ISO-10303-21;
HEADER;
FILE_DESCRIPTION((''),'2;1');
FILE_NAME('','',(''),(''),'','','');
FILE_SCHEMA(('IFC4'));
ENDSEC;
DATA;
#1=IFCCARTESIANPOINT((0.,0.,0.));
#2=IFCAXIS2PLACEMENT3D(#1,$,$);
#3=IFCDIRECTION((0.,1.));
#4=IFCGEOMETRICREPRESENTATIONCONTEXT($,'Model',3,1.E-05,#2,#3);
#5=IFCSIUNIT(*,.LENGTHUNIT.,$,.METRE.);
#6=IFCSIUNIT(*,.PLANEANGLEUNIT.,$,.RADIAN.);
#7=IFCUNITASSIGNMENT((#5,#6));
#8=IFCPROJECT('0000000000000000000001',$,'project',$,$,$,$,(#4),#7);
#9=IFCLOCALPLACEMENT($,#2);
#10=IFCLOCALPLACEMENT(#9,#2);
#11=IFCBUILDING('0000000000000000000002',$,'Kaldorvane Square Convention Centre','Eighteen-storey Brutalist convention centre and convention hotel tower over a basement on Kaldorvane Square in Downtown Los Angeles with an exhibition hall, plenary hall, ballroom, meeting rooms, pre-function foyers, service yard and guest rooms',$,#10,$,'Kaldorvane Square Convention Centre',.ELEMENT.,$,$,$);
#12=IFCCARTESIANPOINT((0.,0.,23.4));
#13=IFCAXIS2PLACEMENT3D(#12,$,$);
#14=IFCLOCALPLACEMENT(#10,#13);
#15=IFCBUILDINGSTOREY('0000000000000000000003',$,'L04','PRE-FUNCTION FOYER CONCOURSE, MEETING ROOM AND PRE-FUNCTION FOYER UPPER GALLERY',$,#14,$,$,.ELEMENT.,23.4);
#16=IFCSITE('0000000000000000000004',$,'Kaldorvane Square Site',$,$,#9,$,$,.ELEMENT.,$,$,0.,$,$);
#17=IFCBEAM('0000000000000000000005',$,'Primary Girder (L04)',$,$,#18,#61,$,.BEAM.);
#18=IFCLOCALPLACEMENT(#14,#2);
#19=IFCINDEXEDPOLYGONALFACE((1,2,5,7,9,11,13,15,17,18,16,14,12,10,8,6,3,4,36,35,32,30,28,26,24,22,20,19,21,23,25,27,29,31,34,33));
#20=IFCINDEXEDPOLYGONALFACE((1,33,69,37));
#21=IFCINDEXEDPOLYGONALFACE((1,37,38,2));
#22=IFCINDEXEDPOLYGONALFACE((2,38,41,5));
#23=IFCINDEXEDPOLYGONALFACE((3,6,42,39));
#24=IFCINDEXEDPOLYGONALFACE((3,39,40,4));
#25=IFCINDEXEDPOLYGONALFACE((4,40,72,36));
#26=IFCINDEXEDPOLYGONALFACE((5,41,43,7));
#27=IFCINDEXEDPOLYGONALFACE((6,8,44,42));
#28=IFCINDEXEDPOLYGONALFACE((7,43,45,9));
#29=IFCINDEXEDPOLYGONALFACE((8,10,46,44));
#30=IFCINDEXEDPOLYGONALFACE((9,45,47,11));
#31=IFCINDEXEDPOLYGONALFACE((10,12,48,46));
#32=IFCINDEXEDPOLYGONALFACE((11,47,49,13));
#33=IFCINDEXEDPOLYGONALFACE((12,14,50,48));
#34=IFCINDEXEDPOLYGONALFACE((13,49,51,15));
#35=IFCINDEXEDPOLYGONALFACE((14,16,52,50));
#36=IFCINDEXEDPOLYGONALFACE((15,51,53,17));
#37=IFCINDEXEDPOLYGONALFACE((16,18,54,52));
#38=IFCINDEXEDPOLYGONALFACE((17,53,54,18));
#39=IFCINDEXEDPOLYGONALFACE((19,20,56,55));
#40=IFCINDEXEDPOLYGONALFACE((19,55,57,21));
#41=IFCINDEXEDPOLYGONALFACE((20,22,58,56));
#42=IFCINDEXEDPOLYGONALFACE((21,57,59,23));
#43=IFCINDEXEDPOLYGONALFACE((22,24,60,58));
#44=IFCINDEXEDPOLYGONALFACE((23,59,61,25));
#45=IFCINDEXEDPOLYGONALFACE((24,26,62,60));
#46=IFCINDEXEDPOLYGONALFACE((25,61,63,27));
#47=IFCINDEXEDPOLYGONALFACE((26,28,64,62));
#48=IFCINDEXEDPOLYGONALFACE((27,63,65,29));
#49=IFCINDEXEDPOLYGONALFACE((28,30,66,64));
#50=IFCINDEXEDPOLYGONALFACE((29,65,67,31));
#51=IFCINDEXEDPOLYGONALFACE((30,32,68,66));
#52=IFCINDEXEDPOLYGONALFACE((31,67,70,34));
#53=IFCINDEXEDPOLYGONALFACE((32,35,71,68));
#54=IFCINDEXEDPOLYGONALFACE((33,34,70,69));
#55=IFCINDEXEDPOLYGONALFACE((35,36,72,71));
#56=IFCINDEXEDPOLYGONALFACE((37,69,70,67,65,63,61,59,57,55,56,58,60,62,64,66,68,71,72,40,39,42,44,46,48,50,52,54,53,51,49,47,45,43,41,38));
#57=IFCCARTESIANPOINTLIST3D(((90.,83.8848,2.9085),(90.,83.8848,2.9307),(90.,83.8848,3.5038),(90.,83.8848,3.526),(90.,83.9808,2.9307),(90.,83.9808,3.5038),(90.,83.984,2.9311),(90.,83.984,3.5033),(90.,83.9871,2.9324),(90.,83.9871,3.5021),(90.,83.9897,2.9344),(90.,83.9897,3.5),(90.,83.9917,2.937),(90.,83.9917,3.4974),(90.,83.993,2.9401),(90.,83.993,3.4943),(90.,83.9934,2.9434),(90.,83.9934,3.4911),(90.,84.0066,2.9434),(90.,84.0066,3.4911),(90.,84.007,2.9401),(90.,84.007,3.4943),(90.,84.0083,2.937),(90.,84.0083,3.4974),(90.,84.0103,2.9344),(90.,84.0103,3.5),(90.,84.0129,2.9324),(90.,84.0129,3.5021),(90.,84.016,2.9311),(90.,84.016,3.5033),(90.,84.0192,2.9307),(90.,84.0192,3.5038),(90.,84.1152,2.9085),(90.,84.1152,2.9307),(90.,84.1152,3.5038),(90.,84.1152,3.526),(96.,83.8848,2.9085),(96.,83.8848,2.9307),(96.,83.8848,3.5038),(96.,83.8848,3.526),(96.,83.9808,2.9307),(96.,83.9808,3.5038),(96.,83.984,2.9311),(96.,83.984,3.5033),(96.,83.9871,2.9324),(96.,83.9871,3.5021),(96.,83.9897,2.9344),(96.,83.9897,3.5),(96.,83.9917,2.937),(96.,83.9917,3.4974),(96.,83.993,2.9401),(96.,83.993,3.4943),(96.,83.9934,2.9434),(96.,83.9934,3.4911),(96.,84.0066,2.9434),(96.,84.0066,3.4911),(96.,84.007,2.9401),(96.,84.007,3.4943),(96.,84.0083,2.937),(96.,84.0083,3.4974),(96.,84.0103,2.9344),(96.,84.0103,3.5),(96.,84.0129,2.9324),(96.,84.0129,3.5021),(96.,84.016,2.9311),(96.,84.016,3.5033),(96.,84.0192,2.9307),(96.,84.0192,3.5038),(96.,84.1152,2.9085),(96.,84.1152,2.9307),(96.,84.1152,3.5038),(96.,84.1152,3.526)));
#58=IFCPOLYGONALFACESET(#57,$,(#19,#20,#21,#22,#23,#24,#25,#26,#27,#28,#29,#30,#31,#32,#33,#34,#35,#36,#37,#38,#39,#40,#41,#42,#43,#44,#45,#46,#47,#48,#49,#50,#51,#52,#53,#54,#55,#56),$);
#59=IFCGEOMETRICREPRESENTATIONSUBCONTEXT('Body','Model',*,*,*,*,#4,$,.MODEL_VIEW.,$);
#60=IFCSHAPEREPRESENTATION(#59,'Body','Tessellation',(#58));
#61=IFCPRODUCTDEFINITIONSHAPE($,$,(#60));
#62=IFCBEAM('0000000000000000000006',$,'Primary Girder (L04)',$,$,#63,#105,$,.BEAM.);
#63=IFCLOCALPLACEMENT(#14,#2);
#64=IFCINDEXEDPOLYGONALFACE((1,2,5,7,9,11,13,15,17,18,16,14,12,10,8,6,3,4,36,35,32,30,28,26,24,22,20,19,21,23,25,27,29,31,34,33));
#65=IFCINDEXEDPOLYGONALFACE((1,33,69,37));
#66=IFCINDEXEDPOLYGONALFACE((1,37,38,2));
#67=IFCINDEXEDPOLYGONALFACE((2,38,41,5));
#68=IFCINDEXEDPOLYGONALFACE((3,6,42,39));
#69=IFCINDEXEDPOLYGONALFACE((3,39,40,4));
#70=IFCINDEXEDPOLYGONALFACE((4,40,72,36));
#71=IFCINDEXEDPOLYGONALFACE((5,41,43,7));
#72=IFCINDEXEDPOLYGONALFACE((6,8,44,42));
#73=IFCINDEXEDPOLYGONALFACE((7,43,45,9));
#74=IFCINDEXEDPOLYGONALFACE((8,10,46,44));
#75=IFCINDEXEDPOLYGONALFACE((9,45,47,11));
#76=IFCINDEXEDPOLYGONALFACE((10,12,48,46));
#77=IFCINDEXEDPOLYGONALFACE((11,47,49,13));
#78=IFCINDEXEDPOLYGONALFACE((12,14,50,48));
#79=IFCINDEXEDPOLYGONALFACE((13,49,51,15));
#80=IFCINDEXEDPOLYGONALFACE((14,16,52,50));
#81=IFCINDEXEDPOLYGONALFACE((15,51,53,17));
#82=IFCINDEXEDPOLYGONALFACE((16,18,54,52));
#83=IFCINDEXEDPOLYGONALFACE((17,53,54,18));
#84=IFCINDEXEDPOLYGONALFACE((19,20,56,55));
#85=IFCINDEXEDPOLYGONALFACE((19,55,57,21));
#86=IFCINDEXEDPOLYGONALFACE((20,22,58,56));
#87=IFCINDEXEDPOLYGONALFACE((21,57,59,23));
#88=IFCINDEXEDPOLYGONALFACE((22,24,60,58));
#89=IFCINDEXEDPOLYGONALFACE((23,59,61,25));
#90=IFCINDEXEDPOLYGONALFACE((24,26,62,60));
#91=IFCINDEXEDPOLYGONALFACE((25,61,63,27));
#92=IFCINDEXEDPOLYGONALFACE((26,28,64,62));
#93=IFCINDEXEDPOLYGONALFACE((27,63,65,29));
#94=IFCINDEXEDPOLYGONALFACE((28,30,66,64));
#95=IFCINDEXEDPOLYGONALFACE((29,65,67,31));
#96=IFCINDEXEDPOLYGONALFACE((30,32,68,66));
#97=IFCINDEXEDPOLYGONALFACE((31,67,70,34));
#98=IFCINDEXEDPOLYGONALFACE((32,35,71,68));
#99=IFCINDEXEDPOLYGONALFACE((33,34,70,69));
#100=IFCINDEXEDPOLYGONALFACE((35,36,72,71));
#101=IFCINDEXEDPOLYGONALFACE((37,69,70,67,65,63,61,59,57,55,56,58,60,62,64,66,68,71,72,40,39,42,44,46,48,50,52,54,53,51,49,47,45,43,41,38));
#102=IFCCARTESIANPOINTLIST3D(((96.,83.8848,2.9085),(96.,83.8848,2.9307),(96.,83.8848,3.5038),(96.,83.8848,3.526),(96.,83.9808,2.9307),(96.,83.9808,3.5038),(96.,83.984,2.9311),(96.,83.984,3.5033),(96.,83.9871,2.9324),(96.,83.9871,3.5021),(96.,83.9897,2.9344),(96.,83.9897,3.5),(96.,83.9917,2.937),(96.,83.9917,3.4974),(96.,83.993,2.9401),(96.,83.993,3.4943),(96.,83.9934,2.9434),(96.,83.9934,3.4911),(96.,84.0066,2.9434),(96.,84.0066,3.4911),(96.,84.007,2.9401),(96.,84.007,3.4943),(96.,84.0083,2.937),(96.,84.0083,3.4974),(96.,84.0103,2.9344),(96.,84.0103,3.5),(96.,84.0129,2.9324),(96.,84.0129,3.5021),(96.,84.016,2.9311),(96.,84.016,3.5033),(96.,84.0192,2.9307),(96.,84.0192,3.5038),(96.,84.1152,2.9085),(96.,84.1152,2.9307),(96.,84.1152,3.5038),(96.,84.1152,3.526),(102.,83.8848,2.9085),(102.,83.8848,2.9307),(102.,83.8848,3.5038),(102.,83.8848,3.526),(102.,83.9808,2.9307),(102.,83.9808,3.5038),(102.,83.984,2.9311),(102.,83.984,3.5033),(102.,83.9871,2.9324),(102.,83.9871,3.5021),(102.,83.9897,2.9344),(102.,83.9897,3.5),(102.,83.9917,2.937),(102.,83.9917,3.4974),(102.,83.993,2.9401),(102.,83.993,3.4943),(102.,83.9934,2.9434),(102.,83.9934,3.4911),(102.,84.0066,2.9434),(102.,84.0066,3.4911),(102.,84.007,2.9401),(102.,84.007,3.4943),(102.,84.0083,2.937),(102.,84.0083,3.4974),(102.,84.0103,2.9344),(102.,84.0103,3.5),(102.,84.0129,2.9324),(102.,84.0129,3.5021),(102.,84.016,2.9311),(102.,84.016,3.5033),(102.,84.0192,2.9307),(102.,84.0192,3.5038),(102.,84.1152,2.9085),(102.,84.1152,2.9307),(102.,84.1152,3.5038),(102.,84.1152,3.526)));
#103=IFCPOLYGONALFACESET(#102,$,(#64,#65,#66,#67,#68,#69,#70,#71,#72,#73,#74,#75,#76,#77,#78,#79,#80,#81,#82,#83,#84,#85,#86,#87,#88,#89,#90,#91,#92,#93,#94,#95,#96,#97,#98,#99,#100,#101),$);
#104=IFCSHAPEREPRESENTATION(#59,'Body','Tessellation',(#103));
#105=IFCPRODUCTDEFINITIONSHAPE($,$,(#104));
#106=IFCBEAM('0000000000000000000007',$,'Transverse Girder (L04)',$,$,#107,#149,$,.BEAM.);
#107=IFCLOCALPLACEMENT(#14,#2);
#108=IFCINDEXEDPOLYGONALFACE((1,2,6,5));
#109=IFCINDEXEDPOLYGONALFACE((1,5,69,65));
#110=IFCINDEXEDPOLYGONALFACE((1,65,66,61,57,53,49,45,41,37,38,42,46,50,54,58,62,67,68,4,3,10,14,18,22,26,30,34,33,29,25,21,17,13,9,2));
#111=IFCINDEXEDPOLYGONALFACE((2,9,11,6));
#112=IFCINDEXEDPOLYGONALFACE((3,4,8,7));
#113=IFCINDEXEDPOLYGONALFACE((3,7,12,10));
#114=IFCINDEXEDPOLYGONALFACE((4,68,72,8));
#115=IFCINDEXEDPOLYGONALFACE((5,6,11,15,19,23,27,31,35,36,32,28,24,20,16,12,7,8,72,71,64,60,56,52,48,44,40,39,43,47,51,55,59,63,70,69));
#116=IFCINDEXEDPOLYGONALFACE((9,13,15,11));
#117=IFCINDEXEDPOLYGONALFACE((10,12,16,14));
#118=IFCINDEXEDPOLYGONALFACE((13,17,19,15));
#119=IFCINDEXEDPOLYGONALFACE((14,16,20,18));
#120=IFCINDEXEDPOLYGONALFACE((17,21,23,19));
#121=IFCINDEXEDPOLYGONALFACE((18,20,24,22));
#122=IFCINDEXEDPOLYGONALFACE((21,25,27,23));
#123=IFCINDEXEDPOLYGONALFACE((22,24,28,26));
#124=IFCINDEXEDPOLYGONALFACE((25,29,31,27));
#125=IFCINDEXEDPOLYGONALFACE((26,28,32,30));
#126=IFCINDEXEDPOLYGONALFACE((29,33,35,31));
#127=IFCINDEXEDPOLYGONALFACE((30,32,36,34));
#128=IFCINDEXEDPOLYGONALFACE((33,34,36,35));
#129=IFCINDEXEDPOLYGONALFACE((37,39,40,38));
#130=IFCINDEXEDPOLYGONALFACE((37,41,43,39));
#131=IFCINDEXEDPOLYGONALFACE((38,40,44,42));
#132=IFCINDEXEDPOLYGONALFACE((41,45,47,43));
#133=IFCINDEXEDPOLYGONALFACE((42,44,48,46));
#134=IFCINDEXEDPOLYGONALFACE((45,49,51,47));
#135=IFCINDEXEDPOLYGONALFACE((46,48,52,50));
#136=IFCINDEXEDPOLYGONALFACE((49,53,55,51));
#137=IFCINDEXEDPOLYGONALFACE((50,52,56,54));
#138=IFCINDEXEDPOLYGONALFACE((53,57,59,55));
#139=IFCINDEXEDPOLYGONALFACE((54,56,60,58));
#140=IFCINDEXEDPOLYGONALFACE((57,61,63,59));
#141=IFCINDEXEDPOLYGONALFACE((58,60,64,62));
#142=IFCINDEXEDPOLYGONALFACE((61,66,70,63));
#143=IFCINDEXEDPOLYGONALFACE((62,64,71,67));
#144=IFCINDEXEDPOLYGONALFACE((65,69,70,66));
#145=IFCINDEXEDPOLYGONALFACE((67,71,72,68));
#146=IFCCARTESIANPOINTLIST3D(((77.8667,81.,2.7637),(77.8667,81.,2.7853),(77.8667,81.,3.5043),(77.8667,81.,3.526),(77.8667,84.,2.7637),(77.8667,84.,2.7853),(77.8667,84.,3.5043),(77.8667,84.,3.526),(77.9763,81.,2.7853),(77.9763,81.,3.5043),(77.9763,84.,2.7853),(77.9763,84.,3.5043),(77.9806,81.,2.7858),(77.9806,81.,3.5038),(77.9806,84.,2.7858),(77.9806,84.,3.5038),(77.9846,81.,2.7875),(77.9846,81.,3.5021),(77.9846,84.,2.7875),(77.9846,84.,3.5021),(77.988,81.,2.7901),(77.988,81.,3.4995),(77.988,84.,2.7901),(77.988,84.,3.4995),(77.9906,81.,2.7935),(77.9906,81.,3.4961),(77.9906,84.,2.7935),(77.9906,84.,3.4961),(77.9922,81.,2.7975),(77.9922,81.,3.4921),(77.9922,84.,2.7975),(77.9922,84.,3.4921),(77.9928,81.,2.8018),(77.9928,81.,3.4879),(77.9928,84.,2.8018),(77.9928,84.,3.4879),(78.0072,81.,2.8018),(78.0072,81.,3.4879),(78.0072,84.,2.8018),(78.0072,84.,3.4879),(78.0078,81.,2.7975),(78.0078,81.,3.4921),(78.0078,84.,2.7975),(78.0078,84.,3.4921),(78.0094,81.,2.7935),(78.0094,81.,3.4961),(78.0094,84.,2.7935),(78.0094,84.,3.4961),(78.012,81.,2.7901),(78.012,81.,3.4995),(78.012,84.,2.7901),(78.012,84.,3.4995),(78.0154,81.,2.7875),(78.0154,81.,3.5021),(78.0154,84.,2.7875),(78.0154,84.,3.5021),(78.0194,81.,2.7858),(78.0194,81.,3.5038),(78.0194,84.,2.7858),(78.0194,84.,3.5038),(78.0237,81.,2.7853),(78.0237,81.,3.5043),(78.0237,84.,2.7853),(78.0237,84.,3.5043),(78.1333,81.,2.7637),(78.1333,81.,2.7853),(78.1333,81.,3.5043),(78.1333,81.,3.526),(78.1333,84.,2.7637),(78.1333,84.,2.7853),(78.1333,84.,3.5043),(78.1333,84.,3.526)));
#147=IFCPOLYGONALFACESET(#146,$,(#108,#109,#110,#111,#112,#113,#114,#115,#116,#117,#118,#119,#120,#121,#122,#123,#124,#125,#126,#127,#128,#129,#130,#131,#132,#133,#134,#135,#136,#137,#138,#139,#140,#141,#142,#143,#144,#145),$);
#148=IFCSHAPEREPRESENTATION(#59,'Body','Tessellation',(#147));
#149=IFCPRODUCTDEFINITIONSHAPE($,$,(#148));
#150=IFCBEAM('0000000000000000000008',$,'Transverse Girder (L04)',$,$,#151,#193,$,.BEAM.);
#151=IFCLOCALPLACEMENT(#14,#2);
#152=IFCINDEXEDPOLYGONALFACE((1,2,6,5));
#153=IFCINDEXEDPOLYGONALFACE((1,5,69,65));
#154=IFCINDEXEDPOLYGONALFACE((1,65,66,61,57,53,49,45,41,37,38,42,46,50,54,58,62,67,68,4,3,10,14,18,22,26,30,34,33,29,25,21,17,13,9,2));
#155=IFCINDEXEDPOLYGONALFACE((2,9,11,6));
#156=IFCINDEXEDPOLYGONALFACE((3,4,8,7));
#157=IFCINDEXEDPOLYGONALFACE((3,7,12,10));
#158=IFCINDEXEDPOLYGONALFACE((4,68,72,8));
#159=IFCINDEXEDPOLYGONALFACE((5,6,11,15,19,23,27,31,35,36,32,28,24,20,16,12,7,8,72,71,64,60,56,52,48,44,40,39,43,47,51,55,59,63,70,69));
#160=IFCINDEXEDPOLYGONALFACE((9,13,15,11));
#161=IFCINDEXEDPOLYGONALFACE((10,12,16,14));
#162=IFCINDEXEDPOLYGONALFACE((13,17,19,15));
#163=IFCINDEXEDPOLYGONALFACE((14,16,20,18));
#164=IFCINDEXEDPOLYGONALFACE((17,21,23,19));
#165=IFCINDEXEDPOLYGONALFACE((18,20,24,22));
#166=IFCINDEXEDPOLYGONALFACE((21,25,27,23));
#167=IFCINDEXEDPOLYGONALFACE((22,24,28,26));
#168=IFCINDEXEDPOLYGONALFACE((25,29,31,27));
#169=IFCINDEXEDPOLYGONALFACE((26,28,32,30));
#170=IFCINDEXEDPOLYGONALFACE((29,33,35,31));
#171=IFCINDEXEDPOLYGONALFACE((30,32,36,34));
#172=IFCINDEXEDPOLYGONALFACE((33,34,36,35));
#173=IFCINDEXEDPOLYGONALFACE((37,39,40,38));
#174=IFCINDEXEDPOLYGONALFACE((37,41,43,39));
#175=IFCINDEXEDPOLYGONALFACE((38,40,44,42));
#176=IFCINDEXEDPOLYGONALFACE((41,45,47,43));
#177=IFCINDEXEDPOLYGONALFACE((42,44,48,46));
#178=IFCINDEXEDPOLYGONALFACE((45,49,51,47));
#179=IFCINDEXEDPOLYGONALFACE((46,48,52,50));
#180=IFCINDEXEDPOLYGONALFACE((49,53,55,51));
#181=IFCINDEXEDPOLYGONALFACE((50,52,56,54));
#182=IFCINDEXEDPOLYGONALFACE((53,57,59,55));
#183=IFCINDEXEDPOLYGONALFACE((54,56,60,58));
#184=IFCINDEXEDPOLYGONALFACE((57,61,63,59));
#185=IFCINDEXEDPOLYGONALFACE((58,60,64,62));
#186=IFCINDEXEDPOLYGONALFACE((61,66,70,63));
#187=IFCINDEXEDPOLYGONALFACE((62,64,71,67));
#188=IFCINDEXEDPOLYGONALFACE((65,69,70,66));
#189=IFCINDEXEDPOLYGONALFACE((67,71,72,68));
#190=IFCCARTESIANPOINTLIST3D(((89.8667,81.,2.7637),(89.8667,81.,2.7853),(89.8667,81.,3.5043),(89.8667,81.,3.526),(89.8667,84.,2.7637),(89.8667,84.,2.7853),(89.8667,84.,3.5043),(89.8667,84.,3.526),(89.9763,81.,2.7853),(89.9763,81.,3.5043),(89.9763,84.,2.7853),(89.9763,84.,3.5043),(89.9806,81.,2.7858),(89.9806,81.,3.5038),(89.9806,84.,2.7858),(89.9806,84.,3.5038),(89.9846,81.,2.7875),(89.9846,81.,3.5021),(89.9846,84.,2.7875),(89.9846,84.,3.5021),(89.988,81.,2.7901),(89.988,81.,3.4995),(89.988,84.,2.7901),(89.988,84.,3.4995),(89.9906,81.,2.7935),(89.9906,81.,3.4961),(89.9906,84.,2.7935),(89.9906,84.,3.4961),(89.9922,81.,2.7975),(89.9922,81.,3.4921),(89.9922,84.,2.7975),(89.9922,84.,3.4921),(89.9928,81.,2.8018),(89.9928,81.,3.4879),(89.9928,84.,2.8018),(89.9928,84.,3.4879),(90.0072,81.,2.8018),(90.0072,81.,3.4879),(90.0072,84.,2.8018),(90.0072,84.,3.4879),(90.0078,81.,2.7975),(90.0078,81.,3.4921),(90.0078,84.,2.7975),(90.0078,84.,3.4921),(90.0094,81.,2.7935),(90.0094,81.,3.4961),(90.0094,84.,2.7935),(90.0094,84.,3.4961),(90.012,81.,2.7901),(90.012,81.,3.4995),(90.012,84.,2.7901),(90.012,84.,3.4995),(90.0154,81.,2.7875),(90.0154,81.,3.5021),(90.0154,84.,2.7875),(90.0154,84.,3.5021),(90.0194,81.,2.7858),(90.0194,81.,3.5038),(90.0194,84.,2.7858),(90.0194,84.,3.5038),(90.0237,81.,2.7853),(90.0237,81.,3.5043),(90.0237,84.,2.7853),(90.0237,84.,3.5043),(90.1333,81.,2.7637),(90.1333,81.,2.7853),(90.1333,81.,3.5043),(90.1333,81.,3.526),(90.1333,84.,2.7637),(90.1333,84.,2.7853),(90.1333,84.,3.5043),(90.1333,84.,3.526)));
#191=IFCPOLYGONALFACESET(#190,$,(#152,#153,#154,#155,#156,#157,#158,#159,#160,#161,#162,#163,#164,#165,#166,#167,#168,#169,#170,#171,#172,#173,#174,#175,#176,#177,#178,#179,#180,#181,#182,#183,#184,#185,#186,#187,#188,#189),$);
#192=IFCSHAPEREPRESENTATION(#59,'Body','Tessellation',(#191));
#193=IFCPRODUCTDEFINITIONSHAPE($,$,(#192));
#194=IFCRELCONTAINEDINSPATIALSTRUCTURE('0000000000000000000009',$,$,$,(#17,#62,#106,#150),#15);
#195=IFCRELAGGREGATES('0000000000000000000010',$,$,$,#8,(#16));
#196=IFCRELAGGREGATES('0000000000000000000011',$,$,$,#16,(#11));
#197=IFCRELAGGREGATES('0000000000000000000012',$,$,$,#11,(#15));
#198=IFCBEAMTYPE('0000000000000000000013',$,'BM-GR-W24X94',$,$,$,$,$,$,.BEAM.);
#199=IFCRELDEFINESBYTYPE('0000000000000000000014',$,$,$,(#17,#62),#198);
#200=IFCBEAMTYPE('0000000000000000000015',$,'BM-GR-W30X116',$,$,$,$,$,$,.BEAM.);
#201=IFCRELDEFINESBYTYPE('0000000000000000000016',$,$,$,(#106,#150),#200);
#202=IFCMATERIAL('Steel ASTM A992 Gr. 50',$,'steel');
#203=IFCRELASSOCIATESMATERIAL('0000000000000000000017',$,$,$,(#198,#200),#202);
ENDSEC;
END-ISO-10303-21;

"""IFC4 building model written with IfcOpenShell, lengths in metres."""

from ifc_helpers import new_model, si_unit, direction, frame, origin, origin_2d, place, context, subcontext, project, spatial, i_section, extrude, material, material_profile, profile_set, type_object, element, save


model = new_model("IFC4")

# Units and contexts
model_context = context("Model", 3, precision=1e-05, world=origin(), true_north=direction((0.0, 1.0)))
body_context = subcontext(model_context, "Body", "Model", "MODEL_VIEW")
ifc_project = project(units=[si_unit("LENGTHUNIT", "METRE"), si_unit("PLANEANGLEUNIT", "RADIAN")], contexts=[model_context])

# Site, building, storey
site_placement = place(None, origin())
site = spatial("IfcSite", under=ifc_project, at=site_placement, Name="Kaldorvane Square Site", CompositionType="ELEMENT", RefElevation=0.0)
building_placement = place(site_placement, origin())
building = spatial("IfcBuilding", under=site, at=building_placement, Name="Kaldorvane Square Convention Centre", Description="Eighteen-storey Brutalist convention centre and convention hotel tower over a basement on Kaldorvane Square in Downtown Los Angeles with an exhibition hall, plenary hall, ballroom, meeting rooms, pre-function foyers, service yard and guest rooms", LongName="Kaldorvane Square Convention Centre", CompositionType="ELEMENT")
storey_placement = place(building_placement, frame((0.0, 0.0, 23.4)))
storey = spatial("IfcBuildingStorey", under=building, at=storey_placement, Name="L04", Description="PRE-FUNCTION FOYER CONCOURSE, MEETING ROOM AND PRE-FUNCTION FOYER UPPER GALLERY", CompositionType="ELEMENT", Elevation=23.4)

# Shared definitions
ifc_material_1 = material(Name="Steel ASTM A992 Gr. 50", Category="steel")

# Beams
ifc_material_profile_1 = material_profile(ifc_material_1, i_section(OverallWidth=0.2303, OverallDepth=0.6175, WebThickness=0.0131, FlangeThickness=0.0222, FilletRadius=0.0127, at=origin_2d()), Name="W24X94")
ifc_profile_set_1 = profile_set([ifc_material_profile_1], Name="Steel ASTM A992 Gr. 50")
beam_type_1 = type_object("IfcBeamType", Name="BM-GR-W24X94", PredefinedType="BEAM", material=ifc_profile_set_1)
for number, where, z_axis, x_axis, name in (
    (1, (90.0, 84.0, 3.2172), (1.0, 0.0, 0.0), (0.0, 1.0, 0.0), "Primary Girder (L04)"),
    (2, (96.0, 84.0, 3.2172), (1.0, 0.0, 0.0), (0.0, 1.0, 0.0), "Primary Girder (L04)"),
):
    element("IfcBeam", number, at=place(storey_placement, frame(where, z_axis=z_axis, x_axis=x_axis)), inside=storey, type_object=beam_type_1, Name=name, PredefinedType="BEAM", context=body_context, shape_type="SweptSolid", body=[
        extrude(i_section(OverallWidth=0.2303, OverallDepth=0.6175, WebThickness=0.0131, FlangeThickness=0.0222, FilletRadius=0.0127, at=origin_2d()), origin(), (0.0, 0.0, 1.0), 6.0),
    ])
ifc_material_profile_2 = material_profile(ifc_material_1, i_section(OverallWidth=0.2666, OverallDepth=0.7623, WebThickness=0.0144, FlangeThickness=0.0216, FilletRadius=0.0165, at=origin_2d()), Name="W30X116")
ifc_profile_set_2 = profile_set([ifc_material_profile_2], Name="Steel ASTM A992 Gr. 50")
beam_type_2 = type_object("IfcBeamType", Name="BM-GR-W30X116", PredefinedType="BEAM", material=ifc_profile_set_2)
for number, where, z_axis, x_axis, name in (
    (3, (78.0, 81.0, 3.1448), (0.0, 1.0, 0.0), (-1.0, 0.0, 0.0), "Transverse Girder (L04)"),
    (4, (90.0, 81.0, 3.1448), (0.0, 1.0, 0.0), (-1.0, 0.0, 0.0), "Transverse Girder (L04)"),
):
    element("IfcBeam", number, at=place(storey_placement, frame(where, z_axis=z_axis, x_axis=x_axis)), inside=storey, type_object=beam_type_2, Name=name, PredefinedType="BEAM", context=body_context, shape_type="SweptSolid", body=[
        extrude(i_section(OverallWidth=0.2666, OverallDepth=0.7623, WebThickness=0.0144, FlangeThickness=0.0216, FilletRadius=0.0165, at=origin_2d()), origin(), (0.0, 0.0, 1.0), 3.0),
    ])

save(model, "model.ifc")
